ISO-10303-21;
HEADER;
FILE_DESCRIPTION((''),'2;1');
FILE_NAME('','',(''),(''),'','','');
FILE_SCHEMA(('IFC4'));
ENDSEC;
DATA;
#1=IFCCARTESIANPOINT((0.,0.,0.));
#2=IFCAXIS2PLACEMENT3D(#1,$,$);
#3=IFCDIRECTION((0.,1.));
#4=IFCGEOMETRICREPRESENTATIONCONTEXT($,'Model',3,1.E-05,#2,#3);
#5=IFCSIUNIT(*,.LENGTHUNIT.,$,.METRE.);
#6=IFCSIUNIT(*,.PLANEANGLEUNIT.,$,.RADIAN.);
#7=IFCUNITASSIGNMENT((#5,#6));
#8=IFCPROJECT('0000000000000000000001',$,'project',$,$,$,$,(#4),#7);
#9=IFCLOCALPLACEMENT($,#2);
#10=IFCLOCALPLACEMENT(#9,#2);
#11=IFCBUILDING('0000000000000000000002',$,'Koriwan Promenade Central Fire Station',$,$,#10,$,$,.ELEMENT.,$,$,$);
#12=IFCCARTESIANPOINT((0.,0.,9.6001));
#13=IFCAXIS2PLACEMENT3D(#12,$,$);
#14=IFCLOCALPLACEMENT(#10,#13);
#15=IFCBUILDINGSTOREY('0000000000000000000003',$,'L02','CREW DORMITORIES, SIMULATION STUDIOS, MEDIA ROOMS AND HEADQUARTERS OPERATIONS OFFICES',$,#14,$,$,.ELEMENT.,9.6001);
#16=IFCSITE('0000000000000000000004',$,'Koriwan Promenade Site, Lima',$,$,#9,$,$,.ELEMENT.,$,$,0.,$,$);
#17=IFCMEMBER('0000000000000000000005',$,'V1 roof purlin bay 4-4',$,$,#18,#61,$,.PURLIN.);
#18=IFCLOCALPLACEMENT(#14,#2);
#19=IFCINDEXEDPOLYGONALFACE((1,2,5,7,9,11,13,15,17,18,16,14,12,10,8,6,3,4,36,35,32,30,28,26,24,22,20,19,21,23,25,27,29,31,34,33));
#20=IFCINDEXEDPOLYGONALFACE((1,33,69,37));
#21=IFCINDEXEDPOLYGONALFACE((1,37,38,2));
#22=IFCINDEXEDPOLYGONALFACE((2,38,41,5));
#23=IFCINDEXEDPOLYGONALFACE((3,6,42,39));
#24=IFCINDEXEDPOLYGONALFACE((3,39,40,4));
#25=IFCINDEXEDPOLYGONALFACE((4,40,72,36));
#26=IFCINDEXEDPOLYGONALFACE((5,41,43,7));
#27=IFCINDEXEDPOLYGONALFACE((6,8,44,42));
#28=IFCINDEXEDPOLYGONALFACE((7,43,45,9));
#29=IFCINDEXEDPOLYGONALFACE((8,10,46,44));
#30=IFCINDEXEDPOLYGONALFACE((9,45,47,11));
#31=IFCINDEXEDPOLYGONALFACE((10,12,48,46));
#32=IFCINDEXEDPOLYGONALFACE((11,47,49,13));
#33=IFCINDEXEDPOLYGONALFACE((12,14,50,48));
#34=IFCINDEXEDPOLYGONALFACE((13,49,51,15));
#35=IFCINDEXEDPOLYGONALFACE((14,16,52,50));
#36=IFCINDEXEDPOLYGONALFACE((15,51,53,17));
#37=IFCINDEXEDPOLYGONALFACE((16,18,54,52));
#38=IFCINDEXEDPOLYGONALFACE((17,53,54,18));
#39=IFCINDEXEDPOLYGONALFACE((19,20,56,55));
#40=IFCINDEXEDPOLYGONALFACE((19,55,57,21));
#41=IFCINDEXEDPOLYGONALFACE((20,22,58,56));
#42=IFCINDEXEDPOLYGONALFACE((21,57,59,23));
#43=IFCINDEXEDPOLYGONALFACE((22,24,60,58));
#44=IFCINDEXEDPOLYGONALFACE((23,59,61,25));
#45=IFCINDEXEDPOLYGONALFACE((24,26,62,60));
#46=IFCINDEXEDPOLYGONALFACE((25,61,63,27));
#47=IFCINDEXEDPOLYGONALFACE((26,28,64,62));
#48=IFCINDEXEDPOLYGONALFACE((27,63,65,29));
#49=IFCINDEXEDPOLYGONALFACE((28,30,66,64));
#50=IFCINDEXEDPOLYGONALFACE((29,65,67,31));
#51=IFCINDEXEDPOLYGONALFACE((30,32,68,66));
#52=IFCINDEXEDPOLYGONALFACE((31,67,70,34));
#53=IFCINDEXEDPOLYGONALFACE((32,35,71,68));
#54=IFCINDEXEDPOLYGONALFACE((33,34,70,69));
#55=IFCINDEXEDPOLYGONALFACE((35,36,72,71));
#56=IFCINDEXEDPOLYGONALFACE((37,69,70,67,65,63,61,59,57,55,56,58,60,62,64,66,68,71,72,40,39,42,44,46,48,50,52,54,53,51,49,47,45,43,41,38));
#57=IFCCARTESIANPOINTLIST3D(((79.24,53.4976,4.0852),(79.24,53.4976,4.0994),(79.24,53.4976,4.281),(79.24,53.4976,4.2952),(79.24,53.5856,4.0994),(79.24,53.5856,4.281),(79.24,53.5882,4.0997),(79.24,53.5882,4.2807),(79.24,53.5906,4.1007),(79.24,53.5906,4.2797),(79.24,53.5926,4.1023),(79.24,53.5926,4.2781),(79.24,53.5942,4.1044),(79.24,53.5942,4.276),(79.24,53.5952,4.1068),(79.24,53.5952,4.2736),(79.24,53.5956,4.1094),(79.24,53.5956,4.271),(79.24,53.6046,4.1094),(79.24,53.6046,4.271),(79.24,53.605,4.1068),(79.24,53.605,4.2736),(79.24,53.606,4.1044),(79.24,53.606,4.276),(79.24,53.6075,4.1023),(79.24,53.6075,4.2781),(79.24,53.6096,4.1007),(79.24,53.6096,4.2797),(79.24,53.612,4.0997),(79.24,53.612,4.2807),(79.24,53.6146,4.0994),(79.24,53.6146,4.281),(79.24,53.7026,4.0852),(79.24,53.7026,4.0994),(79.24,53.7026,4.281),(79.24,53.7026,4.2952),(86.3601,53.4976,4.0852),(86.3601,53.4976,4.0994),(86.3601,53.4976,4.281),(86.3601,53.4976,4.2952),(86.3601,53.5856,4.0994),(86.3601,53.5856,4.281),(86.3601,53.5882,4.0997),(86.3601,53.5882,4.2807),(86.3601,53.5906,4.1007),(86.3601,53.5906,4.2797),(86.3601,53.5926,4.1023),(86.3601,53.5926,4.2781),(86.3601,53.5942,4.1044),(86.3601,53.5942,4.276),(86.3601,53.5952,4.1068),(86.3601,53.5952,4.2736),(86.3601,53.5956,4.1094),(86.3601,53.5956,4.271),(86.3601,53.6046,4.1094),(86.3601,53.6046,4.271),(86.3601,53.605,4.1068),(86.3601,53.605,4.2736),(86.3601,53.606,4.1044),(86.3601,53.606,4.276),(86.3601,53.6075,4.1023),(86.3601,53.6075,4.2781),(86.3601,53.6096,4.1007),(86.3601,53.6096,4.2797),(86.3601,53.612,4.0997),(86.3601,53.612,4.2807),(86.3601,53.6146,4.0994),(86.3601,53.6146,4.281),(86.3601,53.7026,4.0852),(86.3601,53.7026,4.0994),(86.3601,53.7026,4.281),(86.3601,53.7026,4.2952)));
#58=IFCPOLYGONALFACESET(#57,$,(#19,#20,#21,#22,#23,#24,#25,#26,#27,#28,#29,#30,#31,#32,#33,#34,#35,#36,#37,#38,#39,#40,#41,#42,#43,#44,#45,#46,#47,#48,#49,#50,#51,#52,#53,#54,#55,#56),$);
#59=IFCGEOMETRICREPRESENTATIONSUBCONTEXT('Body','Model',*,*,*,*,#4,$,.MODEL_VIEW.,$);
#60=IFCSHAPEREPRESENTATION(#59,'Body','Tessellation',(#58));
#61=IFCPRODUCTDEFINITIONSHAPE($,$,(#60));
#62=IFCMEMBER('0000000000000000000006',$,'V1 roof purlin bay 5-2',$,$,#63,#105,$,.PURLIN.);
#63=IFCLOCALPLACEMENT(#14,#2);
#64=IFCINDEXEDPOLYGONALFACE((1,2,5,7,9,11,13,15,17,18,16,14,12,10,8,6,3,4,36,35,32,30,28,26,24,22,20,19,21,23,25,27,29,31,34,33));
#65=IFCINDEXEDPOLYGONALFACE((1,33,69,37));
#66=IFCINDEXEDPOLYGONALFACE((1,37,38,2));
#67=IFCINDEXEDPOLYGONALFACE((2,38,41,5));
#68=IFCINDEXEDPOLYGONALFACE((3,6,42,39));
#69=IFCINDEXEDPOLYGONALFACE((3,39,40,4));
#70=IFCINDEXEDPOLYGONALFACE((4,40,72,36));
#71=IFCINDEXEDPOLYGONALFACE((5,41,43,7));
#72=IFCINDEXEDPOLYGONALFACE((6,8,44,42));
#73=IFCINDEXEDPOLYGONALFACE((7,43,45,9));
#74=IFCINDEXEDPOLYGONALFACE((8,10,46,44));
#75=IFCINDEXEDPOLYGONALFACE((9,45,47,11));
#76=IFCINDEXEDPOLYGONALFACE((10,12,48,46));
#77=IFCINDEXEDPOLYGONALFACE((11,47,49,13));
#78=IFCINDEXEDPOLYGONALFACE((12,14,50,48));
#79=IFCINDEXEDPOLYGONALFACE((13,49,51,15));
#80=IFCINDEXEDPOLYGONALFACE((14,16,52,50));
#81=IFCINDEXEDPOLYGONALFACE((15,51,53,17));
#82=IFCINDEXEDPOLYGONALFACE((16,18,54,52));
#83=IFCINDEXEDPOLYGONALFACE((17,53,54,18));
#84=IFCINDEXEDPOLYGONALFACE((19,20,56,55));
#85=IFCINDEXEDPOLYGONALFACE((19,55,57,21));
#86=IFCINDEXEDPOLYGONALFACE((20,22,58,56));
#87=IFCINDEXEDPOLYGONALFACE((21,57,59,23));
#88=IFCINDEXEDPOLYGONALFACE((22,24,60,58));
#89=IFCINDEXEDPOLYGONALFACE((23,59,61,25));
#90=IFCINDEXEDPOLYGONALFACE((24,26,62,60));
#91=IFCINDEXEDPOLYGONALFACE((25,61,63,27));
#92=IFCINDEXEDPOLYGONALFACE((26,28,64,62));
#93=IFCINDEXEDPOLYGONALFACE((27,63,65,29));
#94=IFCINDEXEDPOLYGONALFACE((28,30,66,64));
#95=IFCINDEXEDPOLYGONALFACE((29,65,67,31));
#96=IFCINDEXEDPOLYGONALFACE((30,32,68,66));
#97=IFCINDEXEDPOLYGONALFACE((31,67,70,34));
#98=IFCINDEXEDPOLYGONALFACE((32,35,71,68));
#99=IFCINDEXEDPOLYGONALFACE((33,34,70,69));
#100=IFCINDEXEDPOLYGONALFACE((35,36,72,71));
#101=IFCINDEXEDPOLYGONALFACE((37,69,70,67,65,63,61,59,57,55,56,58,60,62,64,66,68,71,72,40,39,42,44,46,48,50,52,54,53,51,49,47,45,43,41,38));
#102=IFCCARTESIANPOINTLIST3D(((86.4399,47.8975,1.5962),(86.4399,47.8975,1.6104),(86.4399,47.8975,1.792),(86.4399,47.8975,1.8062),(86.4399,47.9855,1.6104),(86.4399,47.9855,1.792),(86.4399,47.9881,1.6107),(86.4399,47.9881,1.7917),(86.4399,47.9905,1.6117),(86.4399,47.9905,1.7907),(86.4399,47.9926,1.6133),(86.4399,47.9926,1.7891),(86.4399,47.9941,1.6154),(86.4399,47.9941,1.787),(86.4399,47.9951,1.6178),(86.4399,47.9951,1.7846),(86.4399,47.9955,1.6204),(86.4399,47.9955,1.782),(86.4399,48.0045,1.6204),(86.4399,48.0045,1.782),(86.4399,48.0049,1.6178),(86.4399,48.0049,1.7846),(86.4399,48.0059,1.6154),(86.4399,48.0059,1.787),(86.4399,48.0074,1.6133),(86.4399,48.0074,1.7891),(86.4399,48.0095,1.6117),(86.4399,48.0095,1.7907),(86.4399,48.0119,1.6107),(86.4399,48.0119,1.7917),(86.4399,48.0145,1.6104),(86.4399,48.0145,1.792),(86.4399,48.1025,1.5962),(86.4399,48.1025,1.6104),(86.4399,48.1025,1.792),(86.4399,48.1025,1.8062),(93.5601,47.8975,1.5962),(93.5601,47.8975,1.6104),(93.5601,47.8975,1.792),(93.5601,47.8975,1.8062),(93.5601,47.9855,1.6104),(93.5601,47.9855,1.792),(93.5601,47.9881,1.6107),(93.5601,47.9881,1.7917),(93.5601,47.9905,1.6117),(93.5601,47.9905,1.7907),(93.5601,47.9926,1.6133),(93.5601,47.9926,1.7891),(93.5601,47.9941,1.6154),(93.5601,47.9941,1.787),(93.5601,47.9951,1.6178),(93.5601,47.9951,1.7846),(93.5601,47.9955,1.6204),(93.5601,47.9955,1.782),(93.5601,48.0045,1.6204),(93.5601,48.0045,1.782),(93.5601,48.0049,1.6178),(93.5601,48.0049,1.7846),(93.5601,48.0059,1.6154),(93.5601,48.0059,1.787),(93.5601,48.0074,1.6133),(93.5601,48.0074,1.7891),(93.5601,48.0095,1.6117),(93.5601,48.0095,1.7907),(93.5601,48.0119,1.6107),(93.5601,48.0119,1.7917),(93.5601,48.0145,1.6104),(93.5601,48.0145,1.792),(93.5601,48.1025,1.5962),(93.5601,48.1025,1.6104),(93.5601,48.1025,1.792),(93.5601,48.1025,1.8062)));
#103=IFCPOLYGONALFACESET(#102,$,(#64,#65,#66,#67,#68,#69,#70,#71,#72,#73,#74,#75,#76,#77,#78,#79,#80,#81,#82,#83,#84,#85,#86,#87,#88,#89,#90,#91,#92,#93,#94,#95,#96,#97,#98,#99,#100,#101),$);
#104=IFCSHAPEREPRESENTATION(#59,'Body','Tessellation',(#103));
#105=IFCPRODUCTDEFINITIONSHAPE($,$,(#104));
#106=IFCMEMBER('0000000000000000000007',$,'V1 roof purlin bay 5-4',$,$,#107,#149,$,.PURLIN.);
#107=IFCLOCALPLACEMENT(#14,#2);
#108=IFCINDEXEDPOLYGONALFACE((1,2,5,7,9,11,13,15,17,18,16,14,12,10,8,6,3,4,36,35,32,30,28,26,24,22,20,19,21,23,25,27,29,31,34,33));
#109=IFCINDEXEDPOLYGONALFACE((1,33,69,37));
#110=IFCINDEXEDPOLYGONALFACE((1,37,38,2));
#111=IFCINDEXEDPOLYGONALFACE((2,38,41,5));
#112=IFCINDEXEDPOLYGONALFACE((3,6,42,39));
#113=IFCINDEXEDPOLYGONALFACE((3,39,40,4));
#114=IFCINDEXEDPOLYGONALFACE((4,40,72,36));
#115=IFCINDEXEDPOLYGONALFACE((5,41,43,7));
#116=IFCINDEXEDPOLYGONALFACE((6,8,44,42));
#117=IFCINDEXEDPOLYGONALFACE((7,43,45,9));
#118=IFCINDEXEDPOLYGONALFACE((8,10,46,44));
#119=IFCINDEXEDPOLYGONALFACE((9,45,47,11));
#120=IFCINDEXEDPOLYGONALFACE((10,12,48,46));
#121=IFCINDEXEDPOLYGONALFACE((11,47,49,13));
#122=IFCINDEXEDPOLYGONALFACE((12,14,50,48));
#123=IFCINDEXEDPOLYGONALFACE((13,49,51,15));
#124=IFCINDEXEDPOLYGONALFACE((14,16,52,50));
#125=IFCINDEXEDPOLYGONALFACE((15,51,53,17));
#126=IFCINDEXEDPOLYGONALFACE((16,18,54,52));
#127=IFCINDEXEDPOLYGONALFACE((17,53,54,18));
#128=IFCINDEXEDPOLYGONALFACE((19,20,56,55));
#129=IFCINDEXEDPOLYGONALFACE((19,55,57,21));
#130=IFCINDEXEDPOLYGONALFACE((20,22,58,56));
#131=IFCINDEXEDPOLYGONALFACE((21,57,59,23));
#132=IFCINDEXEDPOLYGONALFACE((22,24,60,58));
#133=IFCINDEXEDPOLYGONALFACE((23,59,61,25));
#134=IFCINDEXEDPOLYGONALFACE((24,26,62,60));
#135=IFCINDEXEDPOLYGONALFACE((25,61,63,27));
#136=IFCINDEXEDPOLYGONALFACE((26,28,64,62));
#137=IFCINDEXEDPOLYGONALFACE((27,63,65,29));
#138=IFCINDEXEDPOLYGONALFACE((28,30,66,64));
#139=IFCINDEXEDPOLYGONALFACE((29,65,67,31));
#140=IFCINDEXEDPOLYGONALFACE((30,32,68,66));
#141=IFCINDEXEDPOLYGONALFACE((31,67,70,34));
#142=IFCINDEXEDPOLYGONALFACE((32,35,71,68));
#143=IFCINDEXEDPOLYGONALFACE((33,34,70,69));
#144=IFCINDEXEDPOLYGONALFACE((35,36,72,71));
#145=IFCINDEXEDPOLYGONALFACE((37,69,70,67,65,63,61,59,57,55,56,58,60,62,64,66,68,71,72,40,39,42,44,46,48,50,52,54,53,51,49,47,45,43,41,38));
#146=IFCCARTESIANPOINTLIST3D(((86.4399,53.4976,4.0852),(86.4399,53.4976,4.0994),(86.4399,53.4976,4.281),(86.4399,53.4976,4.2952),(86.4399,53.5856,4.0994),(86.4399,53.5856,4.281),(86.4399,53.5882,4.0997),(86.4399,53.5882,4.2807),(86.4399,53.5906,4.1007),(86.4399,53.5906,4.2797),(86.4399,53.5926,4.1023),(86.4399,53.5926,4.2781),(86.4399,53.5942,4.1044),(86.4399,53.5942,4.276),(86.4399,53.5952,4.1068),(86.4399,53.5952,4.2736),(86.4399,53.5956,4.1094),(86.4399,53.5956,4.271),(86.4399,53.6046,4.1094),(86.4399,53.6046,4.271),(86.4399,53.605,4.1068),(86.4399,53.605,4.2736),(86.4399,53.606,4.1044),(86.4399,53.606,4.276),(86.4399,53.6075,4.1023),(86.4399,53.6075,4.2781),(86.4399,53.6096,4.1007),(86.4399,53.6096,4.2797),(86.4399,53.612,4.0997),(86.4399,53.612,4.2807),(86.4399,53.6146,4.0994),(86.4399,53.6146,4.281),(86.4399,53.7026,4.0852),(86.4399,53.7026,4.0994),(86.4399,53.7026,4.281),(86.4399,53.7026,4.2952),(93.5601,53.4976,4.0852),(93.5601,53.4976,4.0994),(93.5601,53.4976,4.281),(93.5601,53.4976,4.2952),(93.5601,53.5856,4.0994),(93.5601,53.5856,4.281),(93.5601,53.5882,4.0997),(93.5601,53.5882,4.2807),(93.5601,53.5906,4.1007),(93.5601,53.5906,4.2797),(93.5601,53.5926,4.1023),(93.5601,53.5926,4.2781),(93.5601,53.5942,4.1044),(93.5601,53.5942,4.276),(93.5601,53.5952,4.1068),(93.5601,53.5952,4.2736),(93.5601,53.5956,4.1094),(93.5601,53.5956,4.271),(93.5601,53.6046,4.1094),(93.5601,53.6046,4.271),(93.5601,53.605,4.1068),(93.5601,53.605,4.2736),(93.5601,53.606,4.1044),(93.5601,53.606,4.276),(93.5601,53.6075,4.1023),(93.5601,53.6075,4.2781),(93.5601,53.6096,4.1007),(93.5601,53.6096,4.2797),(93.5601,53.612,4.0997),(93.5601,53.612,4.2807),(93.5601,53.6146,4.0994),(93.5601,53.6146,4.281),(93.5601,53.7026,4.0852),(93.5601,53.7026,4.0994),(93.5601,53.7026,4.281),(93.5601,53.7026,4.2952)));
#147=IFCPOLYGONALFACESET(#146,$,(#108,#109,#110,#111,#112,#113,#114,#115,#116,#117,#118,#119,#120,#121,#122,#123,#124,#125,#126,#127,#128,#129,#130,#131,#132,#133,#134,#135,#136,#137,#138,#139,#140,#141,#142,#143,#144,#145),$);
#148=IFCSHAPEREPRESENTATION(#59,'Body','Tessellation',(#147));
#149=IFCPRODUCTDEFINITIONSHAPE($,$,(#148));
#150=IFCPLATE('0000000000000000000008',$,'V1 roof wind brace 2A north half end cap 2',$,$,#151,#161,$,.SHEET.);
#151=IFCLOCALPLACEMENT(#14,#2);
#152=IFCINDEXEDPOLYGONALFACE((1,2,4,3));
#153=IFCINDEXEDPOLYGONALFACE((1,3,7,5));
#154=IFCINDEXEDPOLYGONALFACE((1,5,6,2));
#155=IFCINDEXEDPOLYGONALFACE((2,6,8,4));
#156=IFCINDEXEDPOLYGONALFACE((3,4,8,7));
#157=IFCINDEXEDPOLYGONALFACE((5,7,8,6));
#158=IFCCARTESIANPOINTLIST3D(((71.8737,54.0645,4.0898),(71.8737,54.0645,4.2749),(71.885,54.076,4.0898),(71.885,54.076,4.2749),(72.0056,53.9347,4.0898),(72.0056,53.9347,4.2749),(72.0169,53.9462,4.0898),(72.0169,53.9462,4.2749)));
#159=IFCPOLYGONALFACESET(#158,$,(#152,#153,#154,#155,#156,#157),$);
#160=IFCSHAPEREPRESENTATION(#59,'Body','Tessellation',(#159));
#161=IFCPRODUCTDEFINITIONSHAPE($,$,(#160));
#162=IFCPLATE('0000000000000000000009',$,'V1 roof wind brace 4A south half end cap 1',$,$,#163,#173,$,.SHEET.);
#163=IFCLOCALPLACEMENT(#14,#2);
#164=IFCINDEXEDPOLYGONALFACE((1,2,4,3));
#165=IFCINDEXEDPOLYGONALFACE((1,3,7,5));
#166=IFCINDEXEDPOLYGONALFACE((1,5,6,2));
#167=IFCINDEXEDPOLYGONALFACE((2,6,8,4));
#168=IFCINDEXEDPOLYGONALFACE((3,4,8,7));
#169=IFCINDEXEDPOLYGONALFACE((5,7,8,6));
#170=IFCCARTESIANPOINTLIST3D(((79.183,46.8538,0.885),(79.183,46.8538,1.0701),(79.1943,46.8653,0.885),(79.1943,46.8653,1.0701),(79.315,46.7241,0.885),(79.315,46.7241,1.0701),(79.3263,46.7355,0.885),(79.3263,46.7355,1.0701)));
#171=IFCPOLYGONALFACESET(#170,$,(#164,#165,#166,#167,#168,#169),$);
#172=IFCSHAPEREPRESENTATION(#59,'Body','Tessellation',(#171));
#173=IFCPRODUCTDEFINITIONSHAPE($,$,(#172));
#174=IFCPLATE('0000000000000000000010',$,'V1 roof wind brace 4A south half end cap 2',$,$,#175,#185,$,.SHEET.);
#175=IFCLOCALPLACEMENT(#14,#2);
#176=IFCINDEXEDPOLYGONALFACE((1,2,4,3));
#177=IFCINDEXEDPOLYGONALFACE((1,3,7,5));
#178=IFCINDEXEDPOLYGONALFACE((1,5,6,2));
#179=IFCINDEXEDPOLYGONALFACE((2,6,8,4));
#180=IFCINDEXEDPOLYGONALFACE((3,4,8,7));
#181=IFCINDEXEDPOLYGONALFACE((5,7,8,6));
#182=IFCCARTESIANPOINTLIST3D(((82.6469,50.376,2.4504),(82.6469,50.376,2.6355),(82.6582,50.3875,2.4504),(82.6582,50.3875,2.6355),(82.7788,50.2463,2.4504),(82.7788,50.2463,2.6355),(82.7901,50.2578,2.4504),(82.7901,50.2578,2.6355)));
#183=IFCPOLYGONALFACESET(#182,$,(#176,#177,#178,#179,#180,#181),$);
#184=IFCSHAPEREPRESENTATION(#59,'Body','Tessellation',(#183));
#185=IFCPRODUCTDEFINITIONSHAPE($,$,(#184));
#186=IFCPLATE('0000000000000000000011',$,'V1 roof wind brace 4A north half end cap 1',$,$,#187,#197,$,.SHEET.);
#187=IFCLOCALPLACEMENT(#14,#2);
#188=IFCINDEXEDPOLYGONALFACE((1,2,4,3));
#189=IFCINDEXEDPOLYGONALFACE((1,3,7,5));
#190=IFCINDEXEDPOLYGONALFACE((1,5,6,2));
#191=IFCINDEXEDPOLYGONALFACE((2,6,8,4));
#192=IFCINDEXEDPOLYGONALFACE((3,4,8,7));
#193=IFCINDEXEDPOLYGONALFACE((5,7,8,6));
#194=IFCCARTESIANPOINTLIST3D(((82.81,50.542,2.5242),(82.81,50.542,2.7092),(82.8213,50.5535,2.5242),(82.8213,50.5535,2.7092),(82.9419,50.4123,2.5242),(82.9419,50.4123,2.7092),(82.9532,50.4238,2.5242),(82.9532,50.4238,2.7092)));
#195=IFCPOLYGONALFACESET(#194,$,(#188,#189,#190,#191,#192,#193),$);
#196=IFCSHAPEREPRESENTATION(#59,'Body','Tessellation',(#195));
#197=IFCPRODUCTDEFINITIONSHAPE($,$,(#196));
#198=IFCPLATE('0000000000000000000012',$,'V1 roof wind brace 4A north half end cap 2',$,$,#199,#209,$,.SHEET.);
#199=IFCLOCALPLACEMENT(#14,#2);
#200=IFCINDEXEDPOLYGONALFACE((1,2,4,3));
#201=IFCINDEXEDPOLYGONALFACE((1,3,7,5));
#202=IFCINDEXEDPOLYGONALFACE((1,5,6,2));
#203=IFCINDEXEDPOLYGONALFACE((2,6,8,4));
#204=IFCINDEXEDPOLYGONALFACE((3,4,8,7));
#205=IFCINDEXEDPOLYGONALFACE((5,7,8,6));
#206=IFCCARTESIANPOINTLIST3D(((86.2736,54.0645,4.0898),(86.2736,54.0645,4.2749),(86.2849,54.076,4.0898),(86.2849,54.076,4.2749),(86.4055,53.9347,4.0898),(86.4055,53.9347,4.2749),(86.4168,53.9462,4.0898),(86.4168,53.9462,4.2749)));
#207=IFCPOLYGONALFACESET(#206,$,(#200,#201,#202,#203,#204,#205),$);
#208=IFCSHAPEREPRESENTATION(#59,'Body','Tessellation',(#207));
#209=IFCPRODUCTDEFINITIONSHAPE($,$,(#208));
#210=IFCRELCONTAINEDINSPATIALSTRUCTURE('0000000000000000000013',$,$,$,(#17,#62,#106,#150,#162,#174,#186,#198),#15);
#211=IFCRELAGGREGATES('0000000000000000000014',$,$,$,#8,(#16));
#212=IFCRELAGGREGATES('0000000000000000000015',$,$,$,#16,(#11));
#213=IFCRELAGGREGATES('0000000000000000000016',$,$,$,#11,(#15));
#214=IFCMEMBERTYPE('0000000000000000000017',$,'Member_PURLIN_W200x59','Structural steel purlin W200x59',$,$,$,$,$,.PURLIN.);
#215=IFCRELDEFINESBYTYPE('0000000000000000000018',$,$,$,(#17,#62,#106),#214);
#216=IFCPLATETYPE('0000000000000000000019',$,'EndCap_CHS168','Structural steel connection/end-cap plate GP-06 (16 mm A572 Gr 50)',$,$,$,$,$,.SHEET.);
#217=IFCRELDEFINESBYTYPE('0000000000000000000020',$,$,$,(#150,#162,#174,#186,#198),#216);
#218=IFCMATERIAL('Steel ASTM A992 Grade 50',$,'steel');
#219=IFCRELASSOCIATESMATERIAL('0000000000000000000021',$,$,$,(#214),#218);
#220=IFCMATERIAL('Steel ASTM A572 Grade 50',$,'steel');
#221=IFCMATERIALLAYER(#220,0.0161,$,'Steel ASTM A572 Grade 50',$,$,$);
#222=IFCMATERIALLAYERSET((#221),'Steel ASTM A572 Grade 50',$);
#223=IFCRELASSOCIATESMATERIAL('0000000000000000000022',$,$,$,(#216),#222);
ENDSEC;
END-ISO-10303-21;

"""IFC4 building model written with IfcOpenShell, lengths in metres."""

from ifc_helpers import new_model, si_unit, direction, frame, origin, origin_2d, place, context, subcontext, project, spatial, rectangle, i_section, extrude, material, layer, layer_set, material_profile, profile_set, type_object, element, save


model = new_model("IFC4")

# Units and contexts
model_context = context("Model", 3, precision=1e-05, world=origin(), true_north=direction((0.0, 1.0)))
body_context = subcontext(model_context, "Body", "Model", "MODEL_VIEW")
ifc_project = project(units=[si_unit("LENGTHUNIT", "METRE"), si_unit("PLANEANGLEUNIT", "RADIAN")], contexts=[model_context])

# Site, building, storey
site_placement = place(None, origin())
site = spatial("IfcSite", under=ifc_project, at=site_placement, Name="Koriwan Promenade Site, Lima", CompositionType="ELEMENT", RefElevation=0.0)
building_placement = place(site_placement, origin())
building = spatial("IfcBuilding", under=site, at=building_placement, Name="Koriwan Promenade Central Fire Station", CompositionType="ELEMENT")
storey_placement = place(building_placement, frame((0.0, 0.0, 9.6001)))
storey = spatial("IfcBuildingStorey", under=building, at=storey_placement, Name="L02", Description="CREW DORMITORIES, SIMULATION STUDIOS, MEDIA ROOMS AND HEADQUARTERS OPERATIONS OFFICES", CompositionType="ELEMENT", Elevation=9.6001)

# Members
ifc_material_1 = material(Name="Steel ASTM A992 Grade 50", Category="steel")
ifc_material_profile_1 = material_profile(ifc_material_1, i_section(OverallWidth=0.2051, OverallDepth=0.21, WebThickness=0.009, FlangeThickness=0.0142, FilletRadius=0.01, at=origin_2d()), Name="W200x59")
ifc_profile_set_1 = profile_set([ifc_material_profile_1], Name="Steel ASTM A992 Grade 50")
member_type_1 = type_object("IfcMemberType", Name="Member_PURLIN_W200x59", Description="Structural steel purlin W200x59", PredefinedType="PURLIN", material=ifc_profile_set_1)
for number, where, z_axis, x_axis, name in (
    (1, (79.24, 53.6001, 4.1902), (1.0, 0.0, 0.0), (0.0, 1.0, 0.0), "V1 roof purlin bay 4-4"),
    (2, (86.4399, 48.0, 1.7012), (1.0, 0.0, 0.0), (0.0, 1.0, 0.0), "V1 roof purlin bay 5-2"),
    (3, (86.4399, 53.6001, 4.1902), (1.0, 0.0, 0.0), (0.0, 1.0, 0.0), "V1 roof purlin bay 5-4"),
):
    element("IfcMember", number, at=place(storey_placement, frame(where, z_axis=z_axis, x_axis=x_axis)), inside=storey, type_object=member_type_1, Name=name, PredefinedType="PURLIN", context=body_context, shape_type="SweptSolid", body=[
        extrude(i_section(OverallWidth=0.2051, OverallDepth=0.21, WebThickness=0.009, FlangeThickness=0.0142, FilletRadius=0.01, at=origin_2d()), origin(), (0.0, 0.0, 1.0), 7.1201),
    ])

# Plates
ifc_material_2 = material(Name="Steel ASTM A572 Grade 50", Category="steel")
ifc_layer_1 = layer(ifc_material_2, 0.0161, Name="Steel ASTM A572 Grade 50")
ifc_layer_set_1 = layer_set([ifc_layer_1], Name="Steel ASTM A572 Grade 50")
plate_type_1 = type_object("IfcPlateType", Name="EndCap_CHS168", Description="Structural steel connection/end-cap plate GP-06 (16 mm A572 Gr 50)", PredefinedType="SHEET", material=ifc_layer_set_1)
for number, where, z_axis, x_axis, name in (
    (4, (71.9453, 54.0054, 4.0898), (0.0, 0.0, 1.0), (0.701158, 0.713006, 0.0), "V1 roof wind brace 2A north half end cap 2"),
    (5, (79.2546, 46.7947, 0.885), (0.0, 0.0, 1.0), (0.701158, 0.713006, 0.0), "V1 roof wind brace 4A south half end cap 1"),
    (6, (82.7185, 50.3169, 2.4504), (0.0, 0.0, 1.0), (0.701158, 0.713006, 0.0), "V1 roof wind brace 4A south half end cap 2"),
    (7, (82.8816, 50.4829, 2.5242), (0.0, 0.0, 1.0), (0.701158, 0.713006, 0.0), "V1 roof wind brace 4A north half end cap 1"),
    (8, (86.3452, 54.0054, 4.0898), (0.0, 0.0, 1.0), (0.701158, 0.713006, 0.0), "V1 roof wind brace 4A north half end cap 2"),
):
    element("IfcPlate", number, at=place(storey_placement, frame(where, z_axis=z_axis, x_axis=x_axis)), inside=storey, type_object=plate_type_1, Name=name, PredefinedType="SHEET", context=body_context, shape_type="SweptSolid", body=[
        extrude(rectangle(XDim=0.0161, YDim=0.1851, at=origin_2d()), origin(), (0.0, 0.0, 1.0), 0.1851),
    ])

save(model, "model.ifc")
